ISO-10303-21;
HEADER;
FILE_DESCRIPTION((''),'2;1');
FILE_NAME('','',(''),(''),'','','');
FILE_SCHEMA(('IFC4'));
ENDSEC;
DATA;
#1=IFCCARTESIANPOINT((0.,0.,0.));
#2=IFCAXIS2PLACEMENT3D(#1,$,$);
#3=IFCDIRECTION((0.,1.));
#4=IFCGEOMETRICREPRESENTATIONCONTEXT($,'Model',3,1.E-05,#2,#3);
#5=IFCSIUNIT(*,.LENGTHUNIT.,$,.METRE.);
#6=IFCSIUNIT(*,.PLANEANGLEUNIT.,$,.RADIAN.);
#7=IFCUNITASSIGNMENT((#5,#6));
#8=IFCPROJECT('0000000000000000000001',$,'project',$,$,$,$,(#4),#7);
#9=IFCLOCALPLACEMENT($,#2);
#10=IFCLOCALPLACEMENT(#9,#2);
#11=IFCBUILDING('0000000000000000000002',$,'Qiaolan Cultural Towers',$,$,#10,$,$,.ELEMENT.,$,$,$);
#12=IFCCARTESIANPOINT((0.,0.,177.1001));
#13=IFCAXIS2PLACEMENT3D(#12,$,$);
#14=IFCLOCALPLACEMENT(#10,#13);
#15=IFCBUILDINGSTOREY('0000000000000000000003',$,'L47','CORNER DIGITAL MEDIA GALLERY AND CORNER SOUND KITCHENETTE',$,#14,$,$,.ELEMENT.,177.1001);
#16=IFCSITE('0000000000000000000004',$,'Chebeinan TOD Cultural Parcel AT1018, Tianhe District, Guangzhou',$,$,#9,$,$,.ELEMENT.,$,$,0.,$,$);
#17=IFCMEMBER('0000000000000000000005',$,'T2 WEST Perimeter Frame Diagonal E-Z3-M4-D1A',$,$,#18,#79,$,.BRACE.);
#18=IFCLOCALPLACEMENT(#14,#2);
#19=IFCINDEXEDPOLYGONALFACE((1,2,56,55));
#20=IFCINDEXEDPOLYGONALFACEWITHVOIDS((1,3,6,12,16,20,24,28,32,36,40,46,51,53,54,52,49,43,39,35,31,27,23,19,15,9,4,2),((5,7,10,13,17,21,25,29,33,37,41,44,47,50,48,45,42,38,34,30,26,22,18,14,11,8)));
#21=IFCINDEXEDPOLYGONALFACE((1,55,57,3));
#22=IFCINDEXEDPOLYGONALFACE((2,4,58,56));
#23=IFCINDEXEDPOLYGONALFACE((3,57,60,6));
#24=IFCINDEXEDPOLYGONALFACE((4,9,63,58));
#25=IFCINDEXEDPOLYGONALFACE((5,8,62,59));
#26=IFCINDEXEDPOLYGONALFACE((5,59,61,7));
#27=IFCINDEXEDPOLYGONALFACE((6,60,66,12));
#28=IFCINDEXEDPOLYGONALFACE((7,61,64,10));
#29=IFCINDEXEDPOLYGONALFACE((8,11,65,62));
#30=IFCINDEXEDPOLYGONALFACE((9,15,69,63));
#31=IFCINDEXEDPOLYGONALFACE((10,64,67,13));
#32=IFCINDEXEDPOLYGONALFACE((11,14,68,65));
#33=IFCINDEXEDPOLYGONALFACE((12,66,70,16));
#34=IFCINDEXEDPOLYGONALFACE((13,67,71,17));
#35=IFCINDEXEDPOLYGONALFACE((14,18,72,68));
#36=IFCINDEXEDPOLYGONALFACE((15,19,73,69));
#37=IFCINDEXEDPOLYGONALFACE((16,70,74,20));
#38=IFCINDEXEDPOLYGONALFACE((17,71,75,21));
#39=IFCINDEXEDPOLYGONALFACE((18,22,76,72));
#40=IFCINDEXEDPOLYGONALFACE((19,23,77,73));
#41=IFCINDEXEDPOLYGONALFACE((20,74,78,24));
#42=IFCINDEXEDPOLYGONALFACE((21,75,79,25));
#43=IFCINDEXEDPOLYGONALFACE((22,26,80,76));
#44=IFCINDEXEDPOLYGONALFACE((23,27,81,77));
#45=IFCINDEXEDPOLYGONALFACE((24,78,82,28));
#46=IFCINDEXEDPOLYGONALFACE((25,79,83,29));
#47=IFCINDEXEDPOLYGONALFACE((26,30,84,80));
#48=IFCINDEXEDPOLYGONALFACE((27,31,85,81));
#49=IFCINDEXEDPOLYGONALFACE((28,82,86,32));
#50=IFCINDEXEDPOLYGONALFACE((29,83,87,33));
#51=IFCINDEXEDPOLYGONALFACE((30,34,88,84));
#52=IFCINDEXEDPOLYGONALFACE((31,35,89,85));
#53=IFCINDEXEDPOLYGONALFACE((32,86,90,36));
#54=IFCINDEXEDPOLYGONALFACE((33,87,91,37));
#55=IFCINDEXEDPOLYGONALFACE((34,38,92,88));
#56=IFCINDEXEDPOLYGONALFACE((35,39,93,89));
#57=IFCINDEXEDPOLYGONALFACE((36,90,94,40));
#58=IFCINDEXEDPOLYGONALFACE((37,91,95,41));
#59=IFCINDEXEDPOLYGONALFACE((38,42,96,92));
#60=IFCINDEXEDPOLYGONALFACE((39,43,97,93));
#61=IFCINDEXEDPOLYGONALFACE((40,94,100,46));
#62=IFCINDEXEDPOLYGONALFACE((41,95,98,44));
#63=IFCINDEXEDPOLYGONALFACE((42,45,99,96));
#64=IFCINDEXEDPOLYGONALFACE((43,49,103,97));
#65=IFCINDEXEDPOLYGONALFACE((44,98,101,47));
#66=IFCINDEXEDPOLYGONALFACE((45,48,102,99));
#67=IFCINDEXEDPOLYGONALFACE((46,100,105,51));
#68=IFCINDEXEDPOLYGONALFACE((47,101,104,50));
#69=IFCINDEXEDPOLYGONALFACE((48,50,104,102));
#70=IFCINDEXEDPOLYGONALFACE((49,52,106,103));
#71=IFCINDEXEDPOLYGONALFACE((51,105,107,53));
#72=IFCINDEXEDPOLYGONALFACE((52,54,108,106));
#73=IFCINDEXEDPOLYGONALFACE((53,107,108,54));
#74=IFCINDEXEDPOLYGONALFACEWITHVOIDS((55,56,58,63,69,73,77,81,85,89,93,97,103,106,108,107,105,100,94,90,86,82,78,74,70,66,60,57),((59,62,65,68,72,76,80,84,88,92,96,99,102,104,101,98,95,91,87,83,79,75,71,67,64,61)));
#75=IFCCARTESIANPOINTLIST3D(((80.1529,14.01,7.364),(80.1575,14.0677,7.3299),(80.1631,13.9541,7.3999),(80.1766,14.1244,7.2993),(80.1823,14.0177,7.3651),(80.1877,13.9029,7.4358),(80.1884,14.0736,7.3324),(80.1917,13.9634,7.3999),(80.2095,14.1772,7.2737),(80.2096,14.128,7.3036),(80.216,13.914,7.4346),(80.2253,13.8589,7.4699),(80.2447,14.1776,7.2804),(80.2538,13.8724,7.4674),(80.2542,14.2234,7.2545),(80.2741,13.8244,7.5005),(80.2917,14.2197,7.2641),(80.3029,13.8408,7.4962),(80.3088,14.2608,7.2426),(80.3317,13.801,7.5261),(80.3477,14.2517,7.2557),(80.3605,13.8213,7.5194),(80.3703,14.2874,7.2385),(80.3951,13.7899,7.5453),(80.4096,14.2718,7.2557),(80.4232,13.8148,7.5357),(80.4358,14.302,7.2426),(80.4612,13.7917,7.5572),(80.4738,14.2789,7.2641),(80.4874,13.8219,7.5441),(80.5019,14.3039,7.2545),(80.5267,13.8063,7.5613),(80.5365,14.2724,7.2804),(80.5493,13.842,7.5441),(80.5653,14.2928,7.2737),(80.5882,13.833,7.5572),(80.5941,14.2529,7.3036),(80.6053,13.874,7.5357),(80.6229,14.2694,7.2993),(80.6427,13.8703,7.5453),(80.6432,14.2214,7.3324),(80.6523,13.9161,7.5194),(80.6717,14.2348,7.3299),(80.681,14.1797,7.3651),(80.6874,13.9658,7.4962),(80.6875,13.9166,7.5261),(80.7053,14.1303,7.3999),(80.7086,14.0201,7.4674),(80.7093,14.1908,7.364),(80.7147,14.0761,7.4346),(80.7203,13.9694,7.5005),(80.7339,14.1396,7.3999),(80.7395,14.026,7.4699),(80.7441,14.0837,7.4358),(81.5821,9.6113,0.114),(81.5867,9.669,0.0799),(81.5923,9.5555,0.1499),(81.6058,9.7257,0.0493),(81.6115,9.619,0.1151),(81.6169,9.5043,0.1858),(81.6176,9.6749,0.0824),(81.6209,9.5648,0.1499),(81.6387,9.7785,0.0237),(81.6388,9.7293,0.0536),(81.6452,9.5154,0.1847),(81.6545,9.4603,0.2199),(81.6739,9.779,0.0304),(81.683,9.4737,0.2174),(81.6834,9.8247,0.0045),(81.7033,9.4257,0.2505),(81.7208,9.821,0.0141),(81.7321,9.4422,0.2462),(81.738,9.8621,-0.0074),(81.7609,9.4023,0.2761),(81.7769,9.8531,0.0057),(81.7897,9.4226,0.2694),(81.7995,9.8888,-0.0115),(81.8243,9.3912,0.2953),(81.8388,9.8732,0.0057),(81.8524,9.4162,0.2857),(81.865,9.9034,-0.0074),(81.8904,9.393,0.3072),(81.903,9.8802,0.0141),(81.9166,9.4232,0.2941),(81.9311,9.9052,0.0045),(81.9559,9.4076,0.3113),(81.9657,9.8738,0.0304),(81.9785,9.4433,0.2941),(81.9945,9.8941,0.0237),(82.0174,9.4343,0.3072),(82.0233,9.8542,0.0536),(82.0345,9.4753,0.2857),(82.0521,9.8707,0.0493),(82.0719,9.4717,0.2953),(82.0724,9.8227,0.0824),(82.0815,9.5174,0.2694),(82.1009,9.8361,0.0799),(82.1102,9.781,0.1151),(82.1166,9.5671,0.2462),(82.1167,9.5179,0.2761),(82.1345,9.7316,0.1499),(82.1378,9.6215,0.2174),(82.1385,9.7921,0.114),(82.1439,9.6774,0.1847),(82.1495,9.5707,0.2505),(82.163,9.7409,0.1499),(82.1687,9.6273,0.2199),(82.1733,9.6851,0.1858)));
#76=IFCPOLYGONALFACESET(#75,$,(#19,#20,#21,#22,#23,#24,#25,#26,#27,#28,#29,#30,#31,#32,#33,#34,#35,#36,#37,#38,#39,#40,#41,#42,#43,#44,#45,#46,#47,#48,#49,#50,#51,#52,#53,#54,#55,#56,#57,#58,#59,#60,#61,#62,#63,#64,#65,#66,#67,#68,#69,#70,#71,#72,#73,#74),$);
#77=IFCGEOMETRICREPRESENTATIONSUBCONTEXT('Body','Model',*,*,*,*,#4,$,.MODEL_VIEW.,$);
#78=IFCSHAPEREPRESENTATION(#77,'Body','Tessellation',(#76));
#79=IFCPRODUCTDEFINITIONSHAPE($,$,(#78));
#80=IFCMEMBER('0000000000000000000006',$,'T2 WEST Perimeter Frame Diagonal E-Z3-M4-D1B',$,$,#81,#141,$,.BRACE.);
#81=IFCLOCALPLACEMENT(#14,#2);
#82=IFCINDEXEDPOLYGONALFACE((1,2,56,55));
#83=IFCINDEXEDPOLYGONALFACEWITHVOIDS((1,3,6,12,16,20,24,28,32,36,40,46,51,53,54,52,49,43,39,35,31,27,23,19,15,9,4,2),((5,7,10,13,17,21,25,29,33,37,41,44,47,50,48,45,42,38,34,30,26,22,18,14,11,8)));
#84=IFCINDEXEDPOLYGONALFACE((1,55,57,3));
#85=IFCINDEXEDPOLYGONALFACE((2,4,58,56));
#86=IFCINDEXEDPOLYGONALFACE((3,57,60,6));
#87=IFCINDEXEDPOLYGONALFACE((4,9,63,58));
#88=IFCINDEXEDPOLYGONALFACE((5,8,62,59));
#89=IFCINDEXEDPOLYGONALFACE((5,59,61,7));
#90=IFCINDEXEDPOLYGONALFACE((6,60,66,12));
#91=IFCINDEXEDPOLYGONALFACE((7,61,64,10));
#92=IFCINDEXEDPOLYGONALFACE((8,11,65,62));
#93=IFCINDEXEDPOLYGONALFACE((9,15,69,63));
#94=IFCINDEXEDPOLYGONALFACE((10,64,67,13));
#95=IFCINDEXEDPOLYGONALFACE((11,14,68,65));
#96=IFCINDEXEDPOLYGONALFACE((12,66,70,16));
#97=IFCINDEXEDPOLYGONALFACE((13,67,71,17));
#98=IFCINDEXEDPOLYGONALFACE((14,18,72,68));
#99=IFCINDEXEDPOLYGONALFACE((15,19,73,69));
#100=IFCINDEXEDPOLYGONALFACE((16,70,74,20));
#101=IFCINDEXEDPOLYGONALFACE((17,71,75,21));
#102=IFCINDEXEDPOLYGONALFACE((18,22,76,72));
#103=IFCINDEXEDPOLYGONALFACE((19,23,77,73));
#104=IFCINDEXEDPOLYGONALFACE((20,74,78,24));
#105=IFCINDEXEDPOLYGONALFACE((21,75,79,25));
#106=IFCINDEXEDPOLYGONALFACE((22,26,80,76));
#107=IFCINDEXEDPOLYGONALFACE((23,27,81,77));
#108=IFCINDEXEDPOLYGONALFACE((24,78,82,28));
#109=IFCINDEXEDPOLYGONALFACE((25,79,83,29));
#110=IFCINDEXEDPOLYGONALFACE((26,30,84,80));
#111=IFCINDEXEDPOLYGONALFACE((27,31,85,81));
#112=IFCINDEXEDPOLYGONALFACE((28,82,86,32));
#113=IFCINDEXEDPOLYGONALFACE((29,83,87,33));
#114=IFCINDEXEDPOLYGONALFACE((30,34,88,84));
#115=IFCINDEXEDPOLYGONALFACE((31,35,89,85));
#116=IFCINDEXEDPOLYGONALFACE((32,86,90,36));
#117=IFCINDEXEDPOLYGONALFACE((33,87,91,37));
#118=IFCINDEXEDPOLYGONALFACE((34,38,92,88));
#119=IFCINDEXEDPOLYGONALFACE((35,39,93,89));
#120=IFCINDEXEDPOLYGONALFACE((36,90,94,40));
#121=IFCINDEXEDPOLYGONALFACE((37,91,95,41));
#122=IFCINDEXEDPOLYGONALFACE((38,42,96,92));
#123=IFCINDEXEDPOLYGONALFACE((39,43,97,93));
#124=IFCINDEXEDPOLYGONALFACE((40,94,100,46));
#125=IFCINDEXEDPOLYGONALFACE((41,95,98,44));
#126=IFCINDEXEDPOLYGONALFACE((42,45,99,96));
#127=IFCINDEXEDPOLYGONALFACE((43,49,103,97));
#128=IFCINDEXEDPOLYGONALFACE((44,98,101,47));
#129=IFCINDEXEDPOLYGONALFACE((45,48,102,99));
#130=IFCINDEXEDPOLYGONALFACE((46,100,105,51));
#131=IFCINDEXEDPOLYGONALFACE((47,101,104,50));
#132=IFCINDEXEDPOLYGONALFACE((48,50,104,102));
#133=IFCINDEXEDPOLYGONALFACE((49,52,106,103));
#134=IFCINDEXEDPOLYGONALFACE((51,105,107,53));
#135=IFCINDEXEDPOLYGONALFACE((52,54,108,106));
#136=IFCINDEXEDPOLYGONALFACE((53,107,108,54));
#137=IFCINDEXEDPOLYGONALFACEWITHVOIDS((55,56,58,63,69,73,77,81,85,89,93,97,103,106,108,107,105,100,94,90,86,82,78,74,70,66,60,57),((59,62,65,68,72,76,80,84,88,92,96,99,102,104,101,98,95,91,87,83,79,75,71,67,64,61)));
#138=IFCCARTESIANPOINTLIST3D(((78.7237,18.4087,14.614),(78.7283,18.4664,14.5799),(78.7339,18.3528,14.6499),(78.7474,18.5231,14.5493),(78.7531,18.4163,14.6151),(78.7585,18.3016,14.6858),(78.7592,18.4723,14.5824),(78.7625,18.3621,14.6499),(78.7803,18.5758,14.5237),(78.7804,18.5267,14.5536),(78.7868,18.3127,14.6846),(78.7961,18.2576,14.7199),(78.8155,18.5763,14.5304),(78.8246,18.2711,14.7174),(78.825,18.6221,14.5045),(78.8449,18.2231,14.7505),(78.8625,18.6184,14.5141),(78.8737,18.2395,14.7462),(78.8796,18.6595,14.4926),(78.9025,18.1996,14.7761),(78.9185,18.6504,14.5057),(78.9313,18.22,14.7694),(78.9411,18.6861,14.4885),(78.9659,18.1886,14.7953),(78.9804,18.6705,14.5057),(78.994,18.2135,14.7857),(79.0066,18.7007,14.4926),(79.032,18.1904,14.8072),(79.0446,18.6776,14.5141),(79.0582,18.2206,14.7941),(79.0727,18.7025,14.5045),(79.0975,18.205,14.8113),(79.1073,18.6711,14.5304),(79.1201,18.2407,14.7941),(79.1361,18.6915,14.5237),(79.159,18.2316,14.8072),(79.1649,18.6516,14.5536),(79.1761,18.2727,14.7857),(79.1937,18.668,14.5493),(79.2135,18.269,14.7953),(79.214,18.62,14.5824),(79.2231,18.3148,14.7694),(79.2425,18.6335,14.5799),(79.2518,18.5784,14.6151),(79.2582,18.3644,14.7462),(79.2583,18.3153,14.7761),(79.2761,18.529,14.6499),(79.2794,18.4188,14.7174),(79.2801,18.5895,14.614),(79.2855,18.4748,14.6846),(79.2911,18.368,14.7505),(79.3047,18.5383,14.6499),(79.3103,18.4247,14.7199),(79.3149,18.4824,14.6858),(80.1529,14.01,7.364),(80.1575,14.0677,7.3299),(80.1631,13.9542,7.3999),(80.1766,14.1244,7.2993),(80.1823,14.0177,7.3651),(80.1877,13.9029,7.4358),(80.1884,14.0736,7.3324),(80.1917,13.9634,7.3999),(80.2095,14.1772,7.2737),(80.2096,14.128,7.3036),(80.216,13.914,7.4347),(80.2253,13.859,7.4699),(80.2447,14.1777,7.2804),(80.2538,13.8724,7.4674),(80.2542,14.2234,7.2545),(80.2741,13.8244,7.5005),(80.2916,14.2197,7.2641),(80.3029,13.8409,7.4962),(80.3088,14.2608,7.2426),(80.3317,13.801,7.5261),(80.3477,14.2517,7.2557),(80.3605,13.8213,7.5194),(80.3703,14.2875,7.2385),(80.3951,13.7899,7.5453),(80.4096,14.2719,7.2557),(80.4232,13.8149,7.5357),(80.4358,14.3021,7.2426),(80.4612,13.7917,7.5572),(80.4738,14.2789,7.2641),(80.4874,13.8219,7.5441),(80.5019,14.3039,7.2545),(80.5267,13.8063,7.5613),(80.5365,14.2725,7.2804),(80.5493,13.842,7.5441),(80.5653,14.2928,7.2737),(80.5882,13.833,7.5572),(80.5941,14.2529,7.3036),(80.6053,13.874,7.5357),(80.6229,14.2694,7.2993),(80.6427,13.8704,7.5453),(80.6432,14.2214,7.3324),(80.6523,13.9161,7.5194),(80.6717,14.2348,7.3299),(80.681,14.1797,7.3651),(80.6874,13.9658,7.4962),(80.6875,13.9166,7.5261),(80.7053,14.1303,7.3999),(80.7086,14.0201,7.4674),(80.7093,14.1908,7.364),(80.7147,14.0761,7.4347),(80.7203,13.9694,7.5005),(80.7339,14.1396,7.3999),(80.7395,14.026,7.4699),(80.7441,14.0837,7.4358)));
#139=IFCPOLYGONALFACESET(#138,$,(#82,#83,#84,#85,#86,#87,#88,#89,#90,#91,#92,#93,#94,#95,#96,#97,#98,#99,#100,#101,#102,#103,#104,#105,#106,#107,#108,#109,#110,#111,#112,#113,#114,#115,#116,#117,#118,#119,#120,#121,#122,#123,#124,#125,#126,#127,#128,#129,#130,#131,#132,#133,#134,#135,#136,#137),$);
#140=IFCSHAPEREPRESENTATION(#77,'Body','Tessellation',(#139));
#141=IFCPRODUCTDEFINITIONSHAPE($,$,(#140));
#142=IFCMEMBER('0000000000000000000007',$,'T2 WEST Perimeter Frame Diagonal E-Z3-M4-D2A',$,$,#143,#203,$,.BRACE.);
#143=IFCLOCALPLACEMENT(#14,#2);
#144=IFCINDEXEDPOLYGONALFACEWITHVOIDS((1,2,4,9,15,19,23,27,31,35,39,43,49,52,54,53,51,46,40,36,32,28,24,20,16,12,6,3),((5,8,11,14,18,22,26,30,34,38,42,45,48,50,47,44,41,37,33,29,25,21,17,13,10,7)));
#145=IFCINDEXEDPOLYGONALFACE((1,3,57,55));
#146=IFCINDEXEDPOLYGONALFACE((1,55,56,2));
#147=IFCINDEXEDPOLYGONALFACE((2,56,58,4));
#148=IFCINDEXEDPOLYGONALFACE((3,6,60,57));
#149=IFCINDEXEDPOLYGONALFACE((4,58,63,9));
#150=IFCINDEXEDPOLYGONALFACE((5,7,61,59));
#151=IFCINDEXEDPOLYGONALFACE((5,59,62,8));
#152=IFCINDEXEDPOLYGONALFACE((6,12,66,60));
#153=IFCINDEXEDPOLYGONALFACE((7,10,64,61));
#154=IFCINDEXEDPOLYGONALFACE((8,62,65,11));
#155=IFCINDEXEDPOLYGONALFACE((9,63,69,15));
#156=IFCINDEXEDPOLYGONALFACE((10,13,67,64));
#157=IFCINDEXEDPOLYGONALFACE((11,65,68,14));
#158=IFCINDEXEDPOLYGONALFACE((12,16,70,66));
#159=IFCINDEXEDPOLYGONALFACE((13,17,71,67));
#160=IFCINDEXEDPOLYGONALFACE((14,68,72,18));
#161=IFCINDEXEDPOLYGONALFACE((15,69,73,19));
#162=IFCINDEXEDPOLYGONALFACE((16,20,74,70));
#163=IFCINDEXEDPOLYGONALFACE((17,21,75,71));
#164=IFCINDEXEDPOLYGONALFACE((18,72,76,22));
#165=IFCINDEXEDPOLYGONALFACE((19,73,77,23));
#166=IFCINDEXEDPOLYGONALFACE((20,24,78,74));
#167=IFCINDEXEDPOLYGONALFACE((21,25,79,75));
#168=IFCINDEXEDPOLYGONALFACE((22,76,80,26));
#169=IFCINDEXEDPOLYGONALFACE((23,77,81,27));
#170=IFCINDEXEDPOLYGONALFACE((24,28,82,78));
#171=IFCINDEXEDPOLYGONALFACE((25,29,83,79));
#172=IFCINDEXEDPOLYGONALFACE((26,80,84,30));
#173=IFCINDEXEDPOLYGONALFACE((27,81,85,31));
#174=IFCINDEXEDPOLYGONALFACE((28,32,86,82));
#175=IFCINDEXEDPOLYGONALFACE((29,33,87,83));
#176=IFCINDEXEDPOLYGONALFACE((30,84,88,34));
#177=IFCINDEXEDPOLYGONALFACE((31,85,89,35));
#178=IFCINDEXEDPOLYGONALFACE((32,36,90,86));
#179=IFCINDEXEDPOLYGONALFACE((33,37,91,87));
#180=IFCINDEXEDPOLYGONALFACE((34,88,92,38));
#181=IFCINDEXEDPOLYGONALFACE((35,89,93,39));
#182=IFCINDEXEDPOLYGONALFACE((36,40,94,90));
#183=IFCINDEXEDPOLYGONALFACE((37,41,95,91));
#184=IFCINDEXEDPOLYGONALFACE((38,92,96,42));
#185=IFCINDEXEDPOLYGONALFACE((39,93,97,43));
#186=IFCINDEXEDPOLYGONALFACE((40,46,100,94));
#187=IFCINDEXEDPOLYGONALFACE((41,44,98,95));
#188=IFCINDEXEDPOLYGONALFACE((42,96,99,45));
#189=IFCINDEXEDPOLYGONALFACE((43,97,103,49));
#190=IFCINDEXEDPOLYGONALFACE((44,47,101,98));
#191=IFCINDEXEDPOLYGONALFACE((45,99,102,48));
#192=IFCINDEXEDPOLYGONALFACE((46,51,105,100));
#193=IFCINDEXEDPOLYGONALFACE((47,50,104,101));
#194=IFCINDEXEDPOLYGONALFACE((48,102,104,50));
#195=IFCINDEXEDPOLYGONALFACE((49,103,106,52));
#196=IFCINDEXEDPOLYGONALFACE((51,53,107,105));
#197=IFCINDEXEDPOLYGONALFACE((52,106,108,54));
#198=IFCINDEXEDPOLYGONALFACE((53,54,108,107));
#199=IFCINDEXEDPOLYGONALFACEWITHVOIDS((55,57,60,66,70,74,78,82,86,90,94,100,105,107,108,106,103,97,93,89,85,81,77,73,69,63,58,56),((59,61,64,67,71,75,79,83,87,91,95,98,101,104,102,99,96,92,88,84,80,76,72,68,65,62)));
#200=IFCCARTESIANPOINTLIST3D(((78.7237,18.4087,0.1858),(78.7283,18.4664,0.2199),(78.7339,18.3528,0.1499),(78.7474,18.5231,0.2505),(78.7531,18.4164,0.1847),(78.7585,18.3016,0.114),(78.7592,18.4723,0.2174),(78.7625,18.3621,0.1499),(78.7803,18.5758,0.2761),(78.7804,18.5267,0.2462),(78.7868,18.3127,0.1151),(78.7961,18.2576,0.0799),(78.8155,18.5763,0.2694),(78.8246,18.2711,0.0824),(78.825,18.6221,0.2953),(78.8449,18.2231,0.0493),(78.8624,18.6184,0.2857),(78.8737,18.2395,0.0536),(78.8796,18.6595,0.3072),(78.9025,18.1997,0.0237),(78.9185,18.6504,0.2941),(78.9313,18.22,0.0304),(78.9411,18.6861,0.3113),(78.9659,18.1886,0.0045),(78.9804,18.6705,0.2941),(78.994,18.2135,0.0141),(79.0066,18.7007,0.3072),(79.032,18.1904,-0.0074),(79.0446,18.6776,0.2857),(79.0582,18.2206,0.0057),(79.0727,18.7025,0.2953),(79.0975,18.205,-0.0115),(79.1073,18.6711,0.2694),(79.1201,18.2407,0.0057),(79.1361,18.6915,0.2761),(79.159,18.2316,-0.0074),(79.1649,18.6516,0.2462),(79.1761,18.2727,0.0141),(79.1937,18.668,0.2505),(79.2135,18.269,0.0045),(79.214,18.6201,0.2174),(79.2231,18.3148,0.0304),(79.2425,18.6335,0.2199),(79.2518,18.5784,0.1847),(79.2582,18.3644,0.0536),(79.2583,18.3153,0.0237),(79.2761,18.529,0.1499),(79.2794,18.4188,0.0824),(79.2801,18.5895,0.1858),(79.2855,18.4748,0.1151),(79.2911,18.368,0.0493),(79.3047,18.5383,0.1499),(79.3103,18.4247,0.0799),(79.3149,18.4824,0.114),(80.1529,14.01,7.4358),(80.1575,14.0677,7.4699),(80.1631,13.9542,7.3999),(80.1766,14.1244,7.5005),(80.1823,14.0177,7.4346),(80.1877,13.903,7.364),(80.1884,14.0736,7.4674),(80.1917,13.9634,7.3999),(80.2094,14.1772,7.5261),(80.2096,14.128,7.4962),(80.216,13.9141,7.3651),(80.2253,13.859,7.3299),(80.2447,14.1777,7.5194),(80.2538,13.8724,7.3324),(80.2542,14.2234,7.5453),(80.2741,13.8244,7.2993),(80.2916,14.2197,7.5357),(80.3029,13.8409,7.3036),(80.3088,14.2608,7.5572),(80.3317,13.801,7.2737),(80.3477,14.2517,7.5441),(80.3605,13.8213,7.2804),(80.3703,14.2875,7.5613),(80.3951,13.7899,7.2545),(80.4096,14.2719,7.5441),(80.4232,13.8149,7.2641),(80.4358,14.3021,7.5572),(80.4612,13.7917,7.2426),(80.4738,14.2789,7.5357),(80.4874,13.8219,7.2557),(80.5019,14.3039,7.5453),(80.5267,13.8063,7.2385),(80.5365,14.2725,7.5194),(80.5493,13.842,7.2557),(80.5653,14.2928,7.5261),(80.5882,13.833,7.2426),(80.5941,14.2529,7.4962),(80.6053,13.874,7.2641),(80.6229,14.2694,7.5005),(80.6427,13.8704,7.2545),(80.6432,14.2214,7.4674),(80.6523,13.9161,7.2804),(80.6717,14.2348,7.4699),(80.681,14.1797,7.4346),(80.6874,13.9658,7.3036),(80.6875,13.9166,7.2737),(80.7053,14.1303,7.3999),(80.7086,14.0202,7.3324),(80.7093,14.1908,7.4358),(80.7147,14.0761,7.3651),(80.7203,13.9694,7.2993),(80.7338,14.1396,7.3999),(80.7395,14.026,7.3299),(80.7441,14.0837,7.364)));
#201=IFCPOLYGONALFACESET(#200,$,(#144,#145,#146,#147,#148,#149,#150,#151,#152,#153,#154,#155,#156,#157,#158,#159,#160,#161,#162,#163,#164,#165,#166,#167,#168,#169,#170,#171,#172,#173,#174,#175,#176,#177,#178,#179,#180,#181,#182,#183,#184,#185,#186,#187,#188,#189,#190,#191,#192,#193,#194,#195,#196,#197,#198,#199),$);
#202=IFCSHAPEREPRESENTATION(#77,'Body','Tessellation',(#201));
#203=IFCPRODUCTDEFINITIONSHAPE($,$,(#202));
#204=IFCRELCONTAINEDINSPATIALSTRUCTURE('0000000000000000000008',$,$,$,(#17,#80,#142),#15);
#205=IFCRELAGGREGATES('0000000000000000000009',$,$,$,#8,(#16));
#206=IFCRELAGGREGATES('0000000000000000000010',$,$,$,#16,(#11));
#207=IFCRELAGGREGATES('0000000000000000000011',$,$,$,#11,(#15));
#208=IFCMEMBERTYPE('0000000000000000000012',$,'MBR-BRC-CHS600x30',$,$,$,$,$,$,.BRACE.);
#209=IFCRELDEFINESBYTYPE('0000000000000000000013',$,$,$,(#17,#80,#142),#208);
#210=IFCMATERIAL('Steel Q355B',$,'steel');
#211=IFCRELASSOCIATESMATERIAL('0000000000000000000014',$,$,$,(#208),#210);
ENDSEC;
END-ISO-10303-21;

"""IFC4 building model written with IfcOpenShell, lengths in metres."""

from ifc_helpers import new_model, si_unit, direction, frame, origin, origin_2d, place, context, subcontext, project, spatial, hollow_circle, extrude, material, material_profile, profile_set, type_object, element, save


model = new_model("IFC4")

# Units and contexts
model_context = context("Model", 3, precision=1e-05, world=origin(), true_north=direction((0.0, 1.0)))
body_context = subcontext(model_context, "Body", "Model", "MODEL_VIEW")
ifc_project = project(units=[si_unit("LENGTHUNIT", "METRE"), si_unit("PLANEANGLEUNIT", "RADIAN")], contexts=[model_context])

# Site, building, storey
site_placement = place(None, origin())
site = spatial("IfcSite", under=ifc_project, at=site_placement, Name="Chebeinan TOD Cultural Parcel AT1018, Tianhe District, Guangzhou", CompositionType="ELEMENT", RefElevation=0.0)
building_placement = place(site_placement, origin())
building = spatial("IfcBuilding", under=site, at=building_placement, Name="Qiaolan Cultural Towers", CompositionType="ELEMENT")
storey_placement = place(building_placement, frame((0.0, 0.0, 177.1001)))
storey = spatial("IfcBuildingStorey", under=building, at=storey_placement, Name="L47", Description="CORNER DIGITAL MEDIA GALLERY AND CORNER SOUND KITCHENETTE", CompositionType="ELEMENT", Elevation=177.1001)

# Members
ifc_material_1 = material(Name="Steel Q355B", Category="steel")
ifc_material_profile_1 = material_profile(ifc_material_1, hollow_circle(Radius=0.3, WallThickness=0.03, at=origin_2d()), Name="CHS600x30")
ifc_profile_set_1 = profile_set([ifc_material_profile_1], Name="Steel Q355B")
member_type = type_object("IfcMemberType", Name="MBR-BRC-CHS600x30", PredefinedType="BRACE", material=ifc_profile_set_1)
for number, where, z_axis, x_axis, name in (
    (1, (81.8777, 9.6482, 0.1499), (-0.166193, 0.511497, 0.84306), (-0.951058, -0.309013, 0.0), "T2 WEST Perimeter Frame Diagonal E-Z3-M4-D1A"),
    (2, (80.4485, 14.0469, 7.3999), (-0.166193, 0.511497, 0.84306), (-0.951058, -0.309013, 0.0), "T2 WEST Perimeter Frame Diagonal E-Z3-M4-D1B"),
    (3, (79.0193, 18.4456, 0.1499), (0.166193, -0.511497, 0.84306), (0.951058, 0.309013, 0.0), "T2 WEST Perimeter Frame Diagonal E-Z3-M4-D2A"),
):
    element("IfcMember", number, at=place(storey_placement, frame(where, z_axis=z_axis, x_axis=x_axis)), inside=storey, type_object=member_type, Name=name, PredefinedType="BRACE", context=body_context, shape_type="SweptSolid", body=[
        extrude(hollow_circle(Radius=0.3, WallThickness=0.03, at=origin_2d()), origin(), (0.0, 0.0, 1.0), 8.5996),
    ])

save(model, "model.ifc")
